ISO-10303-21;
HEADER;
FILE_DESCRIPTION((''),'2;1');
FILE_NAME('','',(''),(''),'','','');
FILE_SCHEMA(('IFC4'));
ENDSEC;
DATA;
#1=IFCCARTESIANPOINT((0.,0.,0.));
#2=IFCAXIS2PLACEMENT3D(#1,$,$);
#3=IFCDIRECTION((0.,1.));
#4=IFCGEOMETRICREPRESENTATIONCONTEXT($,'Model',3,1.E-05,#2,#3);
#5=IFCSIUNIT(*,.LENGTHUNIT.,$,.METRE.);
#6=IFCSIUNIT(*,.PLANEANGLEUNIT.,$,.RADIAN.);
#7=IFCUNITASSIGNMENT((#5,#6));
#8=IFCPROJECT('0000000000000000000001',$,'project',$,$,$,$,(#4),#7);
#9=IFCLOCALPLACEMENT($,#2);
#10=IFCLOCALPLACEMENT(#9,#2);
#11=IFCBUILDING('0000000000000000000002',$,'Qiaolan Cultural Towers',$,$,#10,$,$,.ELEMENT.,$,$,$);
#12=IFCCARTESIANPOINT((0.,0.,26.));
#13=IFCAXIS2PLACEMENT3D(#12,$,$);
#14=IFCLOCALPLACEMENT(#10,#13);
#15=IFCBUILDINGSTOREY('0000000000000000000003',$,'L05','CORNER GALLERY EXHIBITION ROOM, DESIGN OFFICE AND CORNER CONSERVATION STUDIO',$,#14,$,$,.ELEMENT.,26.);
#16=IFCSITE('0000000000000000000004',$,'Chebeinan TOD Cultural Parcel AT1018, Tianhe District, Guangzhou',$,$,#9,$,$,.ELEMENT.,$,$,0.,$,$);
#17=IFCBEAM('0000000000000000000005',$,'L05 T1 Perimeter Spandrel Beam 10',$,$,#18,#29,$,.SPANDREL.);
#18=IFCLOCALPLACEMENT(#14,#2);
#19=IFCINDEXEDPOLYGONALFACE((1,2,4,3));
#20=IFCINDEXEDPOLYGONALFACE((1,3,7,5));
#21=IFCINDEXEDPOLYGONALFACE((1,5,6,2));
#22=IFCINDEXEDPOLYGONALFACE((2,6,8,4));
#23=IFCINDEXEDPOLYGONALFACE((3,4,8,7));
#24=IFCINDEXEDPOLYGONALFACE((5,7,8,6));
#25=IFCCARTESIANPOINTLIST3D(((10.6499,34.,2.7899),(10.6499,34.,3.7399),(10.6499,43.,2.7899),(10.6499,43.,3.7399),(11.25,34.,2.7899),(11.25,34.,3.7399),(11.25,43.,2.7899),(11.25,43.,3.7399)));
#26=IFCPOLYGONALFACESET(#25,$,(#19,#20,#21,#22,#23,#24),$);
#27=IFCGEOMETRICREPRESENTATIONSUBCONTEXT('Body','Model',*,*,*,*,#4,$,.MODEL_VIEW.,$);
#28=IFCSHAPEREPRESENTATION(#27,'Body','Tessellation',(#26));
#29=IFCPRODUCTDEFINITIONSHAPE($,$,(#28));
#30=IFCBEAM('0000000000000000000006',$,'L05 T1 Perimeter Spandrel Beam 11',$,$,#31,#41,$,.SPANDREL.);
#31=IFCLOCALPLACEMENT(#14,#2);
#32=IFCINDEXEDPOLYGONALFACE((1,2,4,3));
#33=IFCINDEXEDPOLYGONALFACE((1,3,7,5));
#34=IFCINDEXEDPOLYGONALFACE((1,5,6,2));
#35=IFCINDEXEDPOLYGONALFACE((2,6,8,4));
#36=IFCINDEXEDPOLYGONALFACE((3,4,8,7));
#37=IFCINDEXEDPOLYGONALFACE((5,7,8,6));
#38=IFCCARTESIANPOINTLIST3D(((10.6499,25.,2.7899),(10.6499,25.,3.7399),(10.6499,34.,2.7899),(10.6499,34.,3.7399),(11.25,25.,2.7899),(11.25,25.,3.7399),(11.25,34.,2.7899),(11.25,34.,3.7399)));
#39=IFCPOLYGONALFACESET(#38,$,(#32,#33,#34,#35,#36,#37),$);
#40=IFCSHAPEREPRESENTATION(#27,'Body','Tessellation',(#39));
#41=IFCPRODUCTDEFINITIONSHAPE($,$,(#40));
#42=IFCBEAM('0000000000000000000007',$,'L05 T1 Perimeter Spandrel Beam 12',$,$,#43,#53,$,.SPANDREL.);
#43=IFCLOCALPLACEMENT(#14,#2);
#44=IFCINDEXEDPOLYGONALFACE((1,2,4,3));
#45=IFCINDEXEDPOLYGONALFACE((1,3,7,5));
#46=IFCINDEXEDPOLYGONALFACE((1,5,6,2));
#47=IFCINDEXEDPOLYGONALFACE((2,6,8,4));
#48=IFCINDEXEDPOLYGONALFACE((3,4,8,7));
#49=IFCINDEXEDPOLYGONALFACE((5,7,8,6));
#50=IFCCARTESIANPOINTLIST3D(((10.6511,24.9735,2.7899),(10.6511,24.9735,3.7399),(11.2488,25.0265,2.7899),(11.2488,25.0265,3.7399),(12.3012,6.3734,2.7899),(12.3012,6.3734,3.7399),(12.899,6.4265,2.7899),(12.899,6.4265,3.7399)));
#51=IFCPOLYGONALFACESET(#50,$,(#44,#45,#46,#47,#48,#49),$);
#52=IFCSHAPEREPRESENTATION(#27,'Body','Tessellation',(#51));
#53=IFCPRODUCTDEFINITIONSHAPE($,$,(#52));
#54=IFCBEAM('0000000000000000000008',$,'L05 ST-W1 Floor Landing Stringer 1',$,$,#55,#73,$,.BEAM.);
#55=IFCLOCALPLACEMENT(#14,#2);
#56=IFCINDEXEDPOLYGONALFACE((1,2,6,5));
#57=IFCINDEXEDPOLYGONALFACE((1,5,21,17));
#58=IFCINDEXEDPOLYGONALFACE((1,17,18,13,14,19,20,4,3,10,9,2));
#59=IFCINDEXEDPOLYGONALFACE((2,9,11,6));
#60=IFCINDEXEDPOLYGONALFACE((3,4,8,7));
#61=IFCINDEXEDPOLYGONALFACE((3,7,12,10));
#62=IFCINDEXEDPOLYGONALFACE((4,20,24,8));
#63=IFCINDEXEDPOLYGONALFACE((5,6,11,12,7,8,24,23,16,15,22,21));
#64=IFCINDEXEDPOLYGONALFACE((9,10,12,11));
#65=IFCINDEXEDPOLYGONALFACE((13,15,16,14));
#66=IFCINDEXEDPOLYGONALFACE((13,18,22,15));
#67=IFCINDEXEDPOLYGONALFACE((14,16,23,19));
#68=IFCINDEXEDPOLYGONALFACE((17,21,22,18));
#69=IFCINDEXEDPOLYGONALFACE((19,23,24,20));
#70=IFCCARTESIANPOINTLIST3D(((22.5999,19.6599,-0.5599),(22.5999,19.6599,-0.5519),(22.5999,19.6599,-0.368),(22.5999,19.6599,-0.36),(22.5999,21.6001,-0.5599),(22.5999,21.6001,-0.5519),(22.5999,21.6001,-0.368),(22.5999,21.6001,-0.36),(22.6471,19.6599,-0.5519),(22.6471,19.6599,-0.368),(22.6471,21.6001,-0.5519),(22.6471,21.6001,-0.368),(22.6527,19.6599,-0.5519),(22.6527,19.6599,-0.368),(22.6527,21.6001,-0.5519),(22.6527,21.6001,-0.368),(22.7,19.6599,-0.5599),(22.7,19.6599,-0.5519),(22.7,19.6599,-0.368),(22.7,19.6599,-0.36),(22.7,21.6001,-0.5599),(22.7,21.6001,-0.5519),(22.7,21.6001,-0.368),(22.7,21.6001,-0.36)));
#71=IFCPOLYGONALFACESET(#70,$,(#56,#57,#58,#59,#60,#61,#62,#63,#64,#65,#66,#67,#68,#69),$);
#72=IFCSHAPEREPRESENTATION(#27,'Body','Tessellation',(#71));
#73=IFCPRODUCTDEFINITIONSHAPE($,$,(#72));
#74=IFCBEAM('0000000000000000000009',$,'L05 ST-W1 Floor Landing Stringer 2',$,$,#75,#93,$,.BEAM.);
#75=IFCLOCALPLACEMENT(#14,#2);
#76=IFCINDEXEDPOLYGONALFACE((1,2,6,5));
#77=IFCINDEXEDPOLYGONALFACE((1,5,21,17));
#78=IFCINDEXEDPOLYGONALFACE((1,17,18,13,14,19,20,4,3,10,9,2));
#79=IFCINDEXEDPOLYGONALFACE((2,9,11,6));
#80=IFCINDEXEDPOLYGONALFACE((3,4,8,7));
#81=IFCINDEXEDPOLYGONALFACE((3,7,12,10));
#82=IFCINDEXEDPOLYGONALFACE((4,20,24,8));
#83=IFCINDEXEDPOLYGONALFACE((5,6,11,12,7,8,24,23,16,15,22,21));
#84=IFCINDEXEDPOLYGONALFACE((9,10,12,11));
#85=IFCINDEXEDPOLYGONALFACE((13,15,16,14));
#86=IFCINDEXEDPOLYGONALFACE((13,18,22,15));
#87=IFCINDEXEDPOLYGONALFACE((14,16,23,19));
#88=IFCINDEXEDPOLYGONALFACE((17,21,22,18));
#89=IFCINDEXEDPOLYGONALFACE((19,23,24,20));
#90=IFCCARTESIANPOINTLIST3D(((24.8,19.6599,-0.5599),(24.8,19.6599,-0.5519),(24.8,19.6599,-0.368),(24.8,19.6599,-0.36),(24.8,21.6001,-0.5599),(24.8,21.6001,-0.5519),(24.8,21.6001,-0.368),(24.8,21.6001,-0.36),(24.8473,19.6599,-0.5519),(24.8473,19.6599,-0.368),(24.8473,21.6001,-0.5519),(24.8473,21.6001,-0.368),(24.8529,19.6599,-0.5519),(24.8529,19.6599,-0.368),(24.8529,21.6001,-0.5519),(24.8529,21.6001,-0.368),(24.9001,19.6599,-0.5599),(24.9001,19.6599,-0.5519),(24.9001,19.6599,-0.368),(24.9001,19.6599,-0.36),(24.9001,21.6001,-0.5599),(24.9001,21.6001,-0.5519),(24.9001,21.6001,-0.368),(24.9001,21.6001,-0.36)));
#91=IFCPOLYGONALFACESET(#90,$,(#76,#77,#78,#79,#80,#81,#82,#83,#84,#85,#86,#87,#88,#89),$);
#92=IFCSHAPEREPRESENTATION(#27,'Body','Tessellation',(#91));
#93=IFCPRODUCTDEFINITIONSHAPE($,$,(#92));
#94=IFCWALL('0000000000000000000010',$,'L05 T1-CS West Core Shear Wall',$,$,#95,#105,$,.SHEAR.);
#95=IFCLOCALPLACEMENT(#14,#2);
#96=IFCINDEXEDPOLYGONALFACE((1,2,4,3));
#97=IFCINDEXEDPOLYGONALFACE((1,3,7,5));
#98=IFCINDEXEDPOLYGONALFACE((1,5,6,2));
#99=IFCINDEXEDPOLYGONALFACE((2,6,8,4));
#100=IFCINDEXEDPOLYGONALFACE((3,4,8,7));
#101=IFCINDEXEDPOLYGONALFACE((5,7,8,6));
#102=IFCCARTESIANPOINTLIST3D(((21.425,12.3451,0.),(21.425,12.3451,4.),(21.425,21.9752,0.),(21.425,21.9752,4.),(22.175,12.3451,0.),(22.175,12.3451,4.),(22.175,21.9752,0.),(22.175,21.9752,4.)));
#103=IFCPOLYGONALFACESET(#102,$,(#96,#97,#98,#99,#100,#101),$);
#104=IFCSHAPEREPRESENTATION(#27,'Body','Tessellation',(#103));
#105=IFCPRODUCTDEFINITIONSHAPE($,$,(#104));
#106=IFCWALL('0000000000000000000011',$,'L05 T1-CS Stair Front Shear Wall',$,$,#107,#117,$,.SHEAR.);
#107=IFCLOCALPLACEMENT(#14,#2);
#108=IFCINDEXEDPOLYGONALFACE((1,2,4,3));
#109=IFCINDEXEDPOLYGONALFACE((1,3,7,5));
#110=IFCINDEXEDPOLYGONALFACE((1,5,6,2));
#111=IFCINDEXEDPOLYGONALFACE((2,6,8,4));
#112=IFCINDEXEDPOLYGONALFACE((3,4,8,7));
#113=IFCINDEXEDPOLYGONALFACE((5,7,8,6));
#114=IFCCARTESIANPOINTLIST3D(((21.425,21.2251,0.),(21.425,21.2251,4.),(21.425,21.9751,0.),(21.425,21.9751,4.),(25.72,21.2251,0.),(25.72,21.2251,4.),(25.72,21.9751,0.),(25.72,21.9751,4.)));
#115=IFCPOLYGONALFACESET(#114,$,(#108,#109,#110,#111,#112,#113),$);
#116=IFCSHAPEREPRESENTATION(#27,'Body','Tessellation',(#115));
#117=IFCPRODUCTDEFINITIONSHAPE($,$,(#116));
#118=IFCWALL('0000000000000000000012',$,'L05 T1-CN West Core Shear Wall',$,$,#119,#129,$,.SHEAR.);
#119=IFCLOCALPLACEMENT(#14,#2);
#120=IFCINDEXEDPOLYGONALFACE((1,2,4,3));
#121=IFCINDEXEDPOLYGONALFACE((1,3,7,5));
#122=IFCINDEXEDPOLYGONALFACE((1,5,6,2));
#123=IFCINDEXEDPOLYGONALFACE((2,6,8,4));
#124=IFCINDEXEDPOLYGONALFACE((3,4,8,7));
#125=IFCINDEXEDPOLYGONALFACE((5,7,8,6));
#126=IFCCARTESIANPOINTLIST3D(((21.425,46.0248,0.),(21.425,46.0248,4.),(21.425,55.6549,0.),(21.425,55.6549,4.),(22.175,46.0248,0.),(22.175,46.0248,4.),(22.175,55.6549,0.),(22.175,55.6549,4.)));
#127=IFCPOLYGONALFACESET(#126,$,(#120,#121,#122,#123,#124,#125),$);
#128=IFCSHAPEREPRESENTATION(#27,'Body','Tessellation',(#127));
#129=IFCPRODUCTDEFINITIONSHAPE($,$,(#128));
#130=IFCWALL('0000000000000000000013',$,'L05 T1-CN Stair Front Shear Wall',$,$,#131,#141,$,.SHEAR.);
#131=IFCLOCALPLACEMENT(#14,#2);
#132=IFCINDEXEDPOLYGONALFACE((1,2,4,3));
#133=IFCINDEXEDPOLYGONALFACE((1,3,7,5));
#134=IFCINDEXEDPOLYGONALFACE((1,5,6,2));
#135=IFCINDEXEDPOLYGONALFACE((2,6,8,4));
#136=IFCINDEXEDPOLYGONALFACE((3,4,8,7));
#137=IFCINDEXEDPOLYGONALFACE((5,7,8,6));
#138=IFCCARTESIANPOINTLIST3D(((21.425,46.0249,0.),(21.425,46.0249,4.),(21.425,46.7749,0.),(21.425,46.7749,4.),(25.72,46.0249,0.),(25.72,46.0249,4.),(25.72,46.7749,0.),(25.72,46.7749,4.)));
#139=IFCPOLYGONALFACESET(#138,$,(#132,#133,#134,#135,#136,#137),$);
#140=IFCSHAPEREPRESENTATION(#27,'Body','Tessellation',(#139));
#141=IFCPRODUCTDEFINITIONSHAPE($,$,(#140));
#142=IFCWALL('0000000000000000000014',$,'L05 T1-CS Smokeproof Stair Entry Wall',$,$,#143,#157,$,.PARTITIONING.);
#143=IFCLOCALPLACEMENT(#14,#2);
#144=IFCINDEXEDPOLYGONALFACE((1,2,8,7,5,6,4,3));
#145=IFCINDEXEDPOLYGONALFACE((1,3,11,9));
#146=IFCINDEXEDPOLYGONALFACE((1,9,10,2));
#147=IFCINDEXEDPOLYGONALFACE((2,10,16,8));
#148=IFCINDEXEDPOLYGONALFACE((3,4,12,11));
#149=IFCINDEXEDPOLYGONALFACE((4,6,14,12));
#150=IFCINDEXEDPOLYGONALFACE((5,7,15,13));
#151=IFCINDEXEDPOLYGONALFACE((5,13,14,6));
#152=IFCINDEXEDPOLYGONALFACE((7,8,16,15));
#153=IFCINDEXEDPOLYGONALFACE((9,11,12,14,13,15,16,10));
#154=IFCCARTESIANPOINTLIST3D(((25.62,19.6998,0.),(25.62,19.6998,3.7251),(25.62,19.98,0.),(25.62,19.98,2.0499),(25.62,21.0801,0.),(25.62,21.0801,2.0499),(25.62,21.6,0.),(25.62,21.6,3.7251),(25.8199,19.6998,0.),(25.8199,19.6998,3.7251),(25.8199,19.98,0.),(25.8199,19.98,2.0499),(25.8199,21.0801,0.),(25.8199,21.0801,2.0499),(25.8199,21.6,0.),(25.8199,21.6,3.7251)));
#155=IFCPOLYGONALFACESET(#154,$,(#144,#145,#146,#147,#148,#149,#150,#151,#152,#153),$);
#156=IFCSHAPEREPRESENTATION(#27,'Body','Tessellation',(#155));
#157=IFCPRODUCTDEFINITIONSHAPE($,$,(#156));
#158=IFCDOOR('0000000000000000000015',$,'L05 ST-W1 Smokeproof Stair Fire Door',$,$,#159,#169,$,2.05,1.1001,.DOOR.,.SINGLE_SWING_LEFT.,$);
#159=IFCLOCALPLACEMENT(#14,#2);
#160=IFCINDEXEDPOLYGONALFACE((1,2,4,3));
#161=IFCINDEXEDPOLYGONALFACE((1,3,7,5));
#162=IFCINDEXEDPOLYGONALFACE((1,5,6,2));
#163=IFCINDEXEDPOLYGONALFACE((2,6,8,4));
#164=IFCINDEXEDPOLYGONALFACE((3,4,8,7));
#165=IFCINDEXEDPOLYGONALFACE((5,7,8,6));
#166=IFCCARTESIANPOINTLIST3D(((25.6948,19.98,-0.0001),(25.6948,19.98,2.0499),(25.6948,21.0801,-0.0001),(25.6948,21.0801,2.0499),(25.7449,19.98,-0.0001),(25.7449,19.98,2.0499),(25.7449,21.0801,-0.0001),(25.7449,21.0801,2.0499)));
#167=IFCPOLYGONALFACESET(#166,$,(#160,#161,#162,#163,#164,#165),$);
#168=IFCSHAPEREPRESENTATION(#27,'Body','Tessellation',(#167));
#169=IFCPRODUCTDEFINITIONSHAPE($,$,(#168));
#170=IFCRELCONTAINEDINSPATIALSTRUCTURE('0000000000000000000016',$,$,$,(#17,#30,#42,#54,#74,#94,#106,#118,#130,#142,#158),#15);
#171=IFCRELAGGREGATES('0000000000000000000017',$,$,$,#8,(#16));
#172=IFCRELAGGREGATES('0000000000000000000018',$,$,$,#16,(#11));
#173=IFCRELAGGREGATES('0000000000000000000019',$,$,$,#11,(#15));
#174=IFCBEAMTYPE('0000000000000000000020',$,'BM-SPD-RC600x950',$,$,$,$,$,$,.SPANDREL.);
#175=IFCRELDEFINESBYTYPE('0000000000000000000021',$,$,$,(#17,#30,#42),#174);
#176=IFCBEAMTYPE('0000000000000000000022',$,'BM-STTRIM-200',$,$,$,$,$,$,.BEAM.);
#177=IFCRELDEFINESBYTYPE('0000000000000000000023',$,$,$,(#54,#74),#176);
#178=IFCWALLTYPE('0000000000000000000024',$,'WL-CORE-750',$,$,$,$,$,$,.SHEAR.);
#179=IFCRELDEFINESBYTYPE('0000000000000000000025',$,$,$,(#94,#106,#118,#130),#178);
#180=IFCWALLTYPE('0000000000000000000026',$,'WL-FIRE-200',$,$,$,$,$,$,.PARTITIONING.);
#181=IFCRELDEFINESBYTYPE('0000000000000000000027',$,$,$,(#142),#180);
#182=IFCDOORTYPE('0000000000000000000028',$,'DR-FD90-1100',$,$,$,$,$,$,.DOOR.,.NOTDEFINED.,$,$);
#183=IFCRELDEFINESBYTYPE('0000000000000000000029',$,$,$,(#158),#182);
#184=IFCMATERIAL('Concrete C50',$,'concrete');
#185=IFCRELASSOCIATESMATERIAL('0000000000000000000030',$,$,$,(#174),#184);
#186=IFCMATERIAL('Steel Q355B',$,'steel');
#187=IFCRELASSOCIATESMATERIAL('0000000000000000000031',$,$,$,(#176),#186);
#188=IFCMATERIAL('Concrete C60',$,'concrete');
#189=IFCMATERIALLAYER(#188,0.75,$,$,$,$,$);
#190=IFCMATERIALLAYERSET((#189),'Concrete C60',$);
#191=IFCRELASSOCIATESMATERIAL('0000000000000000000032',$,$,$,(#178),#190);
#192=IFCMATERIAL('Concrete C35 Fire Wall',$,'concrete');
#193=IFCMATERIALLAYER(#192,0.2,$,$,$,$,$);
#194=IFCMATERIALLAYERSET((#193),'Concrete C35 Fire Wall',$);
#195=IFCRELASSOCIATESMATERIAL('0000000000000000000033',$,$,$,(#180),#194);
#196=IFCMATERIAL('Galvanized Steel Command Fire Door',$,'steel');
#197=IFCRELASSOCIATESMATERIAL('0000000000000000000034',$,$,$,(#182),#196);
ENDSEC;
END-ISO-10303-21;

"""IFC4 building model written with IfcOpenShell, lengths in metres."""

from ifc_helpers import new_model, si_unit, direction, frame, frame_2d, origin, origin_2d, place, context, subcontext, project, spatial, rectangle, i_section, extrude, material, layer, layer_set, material_profile, profile_set, type_object, element, fill, save


model = new_model("IFC4")

# Units and contexts
model_context = context("Model", 3, precision=1e-05, world=origin(), true_north=direction((0.0, 1.0)))
body_context = subcontext(model_context, "Body", "Model", "MODEL_VIEW")
ifc_project = project(units=[si_unit("LENGTHUNIT", "METRE"), si_unit("PLANEANGLEUNIT", "RADIAN")], contexts=[model_context])

# Site, building, storey
site_placement = place(None, origin())
site = spatial("IfcSite", under=ifc_project, at=site_placement, Name="Chebeinan TOD Cultural Parcel AT1018, Tianhe District, Guangzhou", CompositionType="ELEMENT", RefElevation=0.0)
building_placement = place(site_placement, origin())
building = spatial("IfcBuilding", under=site, at=building_placement, Name="Qiaolan Cultural Towers", CompositionType="ELEMENT")
storey_placement = place(building_placement, frame((0.0, 0.0, 26.0)))
storey = spatial("IfcBuildingStorey", under=building, at=storey_placement, Name="L05", Description="CORNER GALLERY EXHIBITION ROOM, DESIGN OFFICE AND CORNER CONSERVATION STUDIO", CompositionType="ELEMENT", Elevation=26.0)

# Beams
ifc_material_1 = material(Name="Concrete C50", Category="concrete")
ifc_material_profile_1 = material_profile(ifc_material_1, rectangle(XDim=0.6001, YDim=0.95, at=origin_2d()), Name="RC600x950")
ifc_profile_set_1 = profile_set([ifc_material_profile_1], Name="Concrete C50")
beam_type_1 = type_object("IfcBeamType", Name="BM-SPD-RC600x950", PredefinedType="SPANDREL", material=ifc_profile_set_1)
for number, where, z_axis, x_axis, name in (
    (1, (10.95, 43.0, 3.2649), (0.0, -1.0, 0.0), (1.0, 0.0, 0.0), "L05 T1 Perimeter Spandrel Beam 10"),
    (2, (10.95, 34.0, 3.2649), (0.0, -1.0, 0.0), (1.0, 0.0, 0.0), "L05 T1 Perimeter Spandrel Beam 11"),
):
    element("IfcBeam", number, at=place(storey_placement, frame(where, z_axis=z_axis, x_axis=x_axis)), inside=storey, type_object=beam_type_1, Name=name, PredefinedType="SPANDREL", context=body_context, shape_type="SweptSolid", body=[
        extrude(rectangle(XDim=0.6001, YDim=0.95, at=origin_2d()), origin(), (0.0, 0.0, 1.0), 9.0),
    ])
beam_1_placement = place(storey_placement, frame((10.95, 25.0, 3.2649), z_axis=(0.08837, -0.996088, 0.0), x_axis=(0.996088, 0.08837, 0.0)))
element("IfcBeam", 3, at=beam_1_placement, inside=storey, type_object=beam_type_1, Name="L05 T1 Perimeter Spandrel Beam 12", PredefinedType="SPANDREL", context=body_context, shape_type="SweptSolid", body=[
    extrude(rectangle(XDim=0.6001, YDim=0.95, at=origin_2d()), origin(), (0.0, 0.0, 1.0), 18.6731),
])
ifc_material_2 = material(Name="Steel Q355B", Category="steel")
ifc_material_profile_2 = material_profile(ifc_material_2, i_section(OverallWidth=0.1001, OverallDepth=0.2, WebThickness=0.0056, FlangeThickness=0.0081, at=origin_2d()), Name="HN200x100x5.5x8")
ifc_profile_set_2 = profile_set([ifc_material_profile_2], Name="Steel Q355B")
beam_type_2 = type_object("IfcBeamType", Name="BM-STTRIM-200", PredefinedType="BEAM", material=ifc_profile_set_2)
for number, where, z_axis, x_axis, name in (
    (4, (22.6499, 21.6001, -0.46), (0.0, -1.0, 0.0), (1.0, 0.0, 0.0), "L05 ST-W1 Floor Landing Stringer 1"),
    (5, (24.8501, 21.6001, -0.46), (0.0, -1.0, 0.0), (1.0, 0.0, 0.0), "L05 ST-W1 Floor Landing Stringer 2"),
):
    element("IfcBeam", number, at=place(storey_placement, frame(where, z_axis=z_axis, x_axis=x_axis)), inside=storey, type_object=beam_type_2, Name=name, PredefinedType="BEAM", context=body_context, shape_type="SweptSolid", body=[
        extrude(i_section(OverallWidth=0.1001, OverallDepth=0.2, WebThickness=0.0056, FlangeThickness=0.0081, at=origin_2d()), origin(), (0.0, 0.0, 1.0), 1.9402),
    ])

# Walls
ifc_material_3 = material(Name="Concrete C60", Category="concrete")
ifc_layer_1 = layer(ifc_material_3, 0.75)
ifc_layer_set_1 = layer_set([ifc_layer_1], Name="Concrete C60")
wall_type_1 = type_object("IfcWallType", Name="WL-CORE-750", PredefinedType="SHEAR", material=ifc_layer_set_1)
wall_1_placement = place(storey_placement, frame((21.8, 21.9751, 0.0), z_axis=(0.0, 0.0, 1.0), x_axis=(0.0, -1.0, 0.0)))
element("IfcWall", 6, at=wall_1_placement, inside=storey, type_object=wall_type_1, Name="L05 T1-CS West Core Shear Wall", PredefinedType="SHEAR", context=body_context, shape_type="SweptSolid", body=[
    extrude(rectangle(XDim=9.6301, YDim=0.75, at=frame_2d((4.8149, 0.0))), origin(), (0.0, 0.0, 1.0), 4.0),
])
wall_2_placement = place(storey_placement, frame((21.425, 21.6001, 0.0), z_axis=(0.0, 0.0, 1.0), x_axis=(1.0, 0.0, 0.0)))
element("IfcWall", 7, at=wall_2_placement, inside=storey, type_object=wall_type_1, Name="L05 T1-CS Stair Front Shear Wall", PredefinedType="SHEAR", context=body_context, shape_type="SweptSolid", body=[
    extrude(rectangle(XDim=4.2949, YDim=0.75, at=frame_2d((2.1475, 0.0))), origin(), (0.0, 0.0, 1.0), 4.0),
])
wall_3_placement = place(storey_placement, frame((21.8, 46.0249, 0.0), z_axis=(0.0, 0.0, 1.0), x_axis=(0.0, 1.0, 0.0)))
element("IfcWall", 8, at=wall_3_placement, inside=storey, type_object=wall_type_1, Name="L05 T1-CN West Core Shear Wall", PredefinedType="SHEAR", context=body_context, shape_type="SweptSolid", body=[
    extrude(rectangle(XDim=9.6301, YDim=0.75, at=frame_2d((4.8149, 0.0))), origin(), (0.0, 0.0, 1.0), 4.0),
])
wall_4_placement = place(storey_placement, frame((21.425, 46.3999, 0.0), z_axis=(0.0, 0.0, 1.0), x_axis=(1.0, 0.0, 0.0)))
element("IfcWall", 9, at=wall_4_placement, inside=storey, type_object=wall_type_1, Name="L05 T1-CN Stair Front Shear Wall", PredefinedType="SHEAR", context=body_context, shape_type="SweptSolid", body=[
    extrude(rectangle(XDim=4.2949, YDim=0.75, at=frame_2d((2.1475, 0.0))), origin(), (0.0, 0.0, 1.0), 4.0),
])

# Wall, opening, door
ifc_material_4 = material(Name="Concrete C35 Fire Wall", Category="concrete")
ifc_layer_2 = layer(ifc_material_4, 0.2)
ifc_layer_set_2 = layer_set([ifc_layer_2], Name="Concrete C35 Fire Wall")
wall_type_2 = type_object("IfcWallType", Name="WL-FIRE-200", PredefinedType="PARTITIONING", material=ifc_layer_set_2)
wall_5_placement = place(storey_placement, frame((25.72, 21.6001, 0.0), z_axis=(0.0, 0.0, 1.0), x_axis=(0.0, -1.0, 0.0)))
wall_5 = element("IfcWall", 10, at=wall_5_placement, inside=storey, type_object=wall_type_2, Name="L05 T1-CS Smokeproof Stair Entry Wall", PredefinedType="PARTITIONING", context=body_context, shape_type="SweptSolid", body=[
    extrude(rectangle(XDim=1.9001, YDim=0.2, at=frame_2d((0.9502, 0.0))), origin(), (0.0, 0.0, 1.0), 3.7251),
])
opening_1_placement = place(wall_5_placement, frame((0.52, 0.0, 0.0)))
opening_1 = element("IfcOpeningElement", 11, at=opening_1_placement, cuts=wall_5, PredefinedType="OPENING", context=body_context, shape_type="SweptSolid", body=[
    extrude(rectangle(XDim=1.1001, YDim=2.05, at=frame_2d((0.55, 1.0249))), frame((0.0, 0.1099, 0.0), z_axis=(0.0, -1.0, 0.0), x_axis=(1.0, 0.0, 0.0)), (0.0, 0.0, 1.0), 0.22),
])
ifc_material_5 = material(Name="Galvanized Steel Command Fire Door", Category="steel")
door_type_1 = type_object("IfcDoorType", Name="DR-FD90-1100", OperationType="NOTDEFINED", PredefinedType="DOOR", material=ifc_material_5)
door_1_placement = place(opening_1_placement, origin())
door_1 = element("IfcDoor", 12, at=door_1_placement, inside=storey, type_object=door_type_1, Name="L05 ST-W1 Smokeproof Stair Fire Door", OperationType="SINGLE_SWING_LEFT", OverallHeight=2.05, OverallWidth=1.1001, PredefinedType="DOOR", context=body_context, shape_type="SweptSolid", body=[
    extrude(rectangle(XDim=1.1001, YDim=2.05, at=frame_2d((0.55, 1.0249))), frame((0.0, 0.0249, 0.0), z_axis=(0.0, -1.0, 0.0), x_axis=(1.0, 0.0, 0.0)), (0.0, 0.0, 1.0), 0.05),
])
fill(opening_1, door_1)

save(model, "model.ifc")
